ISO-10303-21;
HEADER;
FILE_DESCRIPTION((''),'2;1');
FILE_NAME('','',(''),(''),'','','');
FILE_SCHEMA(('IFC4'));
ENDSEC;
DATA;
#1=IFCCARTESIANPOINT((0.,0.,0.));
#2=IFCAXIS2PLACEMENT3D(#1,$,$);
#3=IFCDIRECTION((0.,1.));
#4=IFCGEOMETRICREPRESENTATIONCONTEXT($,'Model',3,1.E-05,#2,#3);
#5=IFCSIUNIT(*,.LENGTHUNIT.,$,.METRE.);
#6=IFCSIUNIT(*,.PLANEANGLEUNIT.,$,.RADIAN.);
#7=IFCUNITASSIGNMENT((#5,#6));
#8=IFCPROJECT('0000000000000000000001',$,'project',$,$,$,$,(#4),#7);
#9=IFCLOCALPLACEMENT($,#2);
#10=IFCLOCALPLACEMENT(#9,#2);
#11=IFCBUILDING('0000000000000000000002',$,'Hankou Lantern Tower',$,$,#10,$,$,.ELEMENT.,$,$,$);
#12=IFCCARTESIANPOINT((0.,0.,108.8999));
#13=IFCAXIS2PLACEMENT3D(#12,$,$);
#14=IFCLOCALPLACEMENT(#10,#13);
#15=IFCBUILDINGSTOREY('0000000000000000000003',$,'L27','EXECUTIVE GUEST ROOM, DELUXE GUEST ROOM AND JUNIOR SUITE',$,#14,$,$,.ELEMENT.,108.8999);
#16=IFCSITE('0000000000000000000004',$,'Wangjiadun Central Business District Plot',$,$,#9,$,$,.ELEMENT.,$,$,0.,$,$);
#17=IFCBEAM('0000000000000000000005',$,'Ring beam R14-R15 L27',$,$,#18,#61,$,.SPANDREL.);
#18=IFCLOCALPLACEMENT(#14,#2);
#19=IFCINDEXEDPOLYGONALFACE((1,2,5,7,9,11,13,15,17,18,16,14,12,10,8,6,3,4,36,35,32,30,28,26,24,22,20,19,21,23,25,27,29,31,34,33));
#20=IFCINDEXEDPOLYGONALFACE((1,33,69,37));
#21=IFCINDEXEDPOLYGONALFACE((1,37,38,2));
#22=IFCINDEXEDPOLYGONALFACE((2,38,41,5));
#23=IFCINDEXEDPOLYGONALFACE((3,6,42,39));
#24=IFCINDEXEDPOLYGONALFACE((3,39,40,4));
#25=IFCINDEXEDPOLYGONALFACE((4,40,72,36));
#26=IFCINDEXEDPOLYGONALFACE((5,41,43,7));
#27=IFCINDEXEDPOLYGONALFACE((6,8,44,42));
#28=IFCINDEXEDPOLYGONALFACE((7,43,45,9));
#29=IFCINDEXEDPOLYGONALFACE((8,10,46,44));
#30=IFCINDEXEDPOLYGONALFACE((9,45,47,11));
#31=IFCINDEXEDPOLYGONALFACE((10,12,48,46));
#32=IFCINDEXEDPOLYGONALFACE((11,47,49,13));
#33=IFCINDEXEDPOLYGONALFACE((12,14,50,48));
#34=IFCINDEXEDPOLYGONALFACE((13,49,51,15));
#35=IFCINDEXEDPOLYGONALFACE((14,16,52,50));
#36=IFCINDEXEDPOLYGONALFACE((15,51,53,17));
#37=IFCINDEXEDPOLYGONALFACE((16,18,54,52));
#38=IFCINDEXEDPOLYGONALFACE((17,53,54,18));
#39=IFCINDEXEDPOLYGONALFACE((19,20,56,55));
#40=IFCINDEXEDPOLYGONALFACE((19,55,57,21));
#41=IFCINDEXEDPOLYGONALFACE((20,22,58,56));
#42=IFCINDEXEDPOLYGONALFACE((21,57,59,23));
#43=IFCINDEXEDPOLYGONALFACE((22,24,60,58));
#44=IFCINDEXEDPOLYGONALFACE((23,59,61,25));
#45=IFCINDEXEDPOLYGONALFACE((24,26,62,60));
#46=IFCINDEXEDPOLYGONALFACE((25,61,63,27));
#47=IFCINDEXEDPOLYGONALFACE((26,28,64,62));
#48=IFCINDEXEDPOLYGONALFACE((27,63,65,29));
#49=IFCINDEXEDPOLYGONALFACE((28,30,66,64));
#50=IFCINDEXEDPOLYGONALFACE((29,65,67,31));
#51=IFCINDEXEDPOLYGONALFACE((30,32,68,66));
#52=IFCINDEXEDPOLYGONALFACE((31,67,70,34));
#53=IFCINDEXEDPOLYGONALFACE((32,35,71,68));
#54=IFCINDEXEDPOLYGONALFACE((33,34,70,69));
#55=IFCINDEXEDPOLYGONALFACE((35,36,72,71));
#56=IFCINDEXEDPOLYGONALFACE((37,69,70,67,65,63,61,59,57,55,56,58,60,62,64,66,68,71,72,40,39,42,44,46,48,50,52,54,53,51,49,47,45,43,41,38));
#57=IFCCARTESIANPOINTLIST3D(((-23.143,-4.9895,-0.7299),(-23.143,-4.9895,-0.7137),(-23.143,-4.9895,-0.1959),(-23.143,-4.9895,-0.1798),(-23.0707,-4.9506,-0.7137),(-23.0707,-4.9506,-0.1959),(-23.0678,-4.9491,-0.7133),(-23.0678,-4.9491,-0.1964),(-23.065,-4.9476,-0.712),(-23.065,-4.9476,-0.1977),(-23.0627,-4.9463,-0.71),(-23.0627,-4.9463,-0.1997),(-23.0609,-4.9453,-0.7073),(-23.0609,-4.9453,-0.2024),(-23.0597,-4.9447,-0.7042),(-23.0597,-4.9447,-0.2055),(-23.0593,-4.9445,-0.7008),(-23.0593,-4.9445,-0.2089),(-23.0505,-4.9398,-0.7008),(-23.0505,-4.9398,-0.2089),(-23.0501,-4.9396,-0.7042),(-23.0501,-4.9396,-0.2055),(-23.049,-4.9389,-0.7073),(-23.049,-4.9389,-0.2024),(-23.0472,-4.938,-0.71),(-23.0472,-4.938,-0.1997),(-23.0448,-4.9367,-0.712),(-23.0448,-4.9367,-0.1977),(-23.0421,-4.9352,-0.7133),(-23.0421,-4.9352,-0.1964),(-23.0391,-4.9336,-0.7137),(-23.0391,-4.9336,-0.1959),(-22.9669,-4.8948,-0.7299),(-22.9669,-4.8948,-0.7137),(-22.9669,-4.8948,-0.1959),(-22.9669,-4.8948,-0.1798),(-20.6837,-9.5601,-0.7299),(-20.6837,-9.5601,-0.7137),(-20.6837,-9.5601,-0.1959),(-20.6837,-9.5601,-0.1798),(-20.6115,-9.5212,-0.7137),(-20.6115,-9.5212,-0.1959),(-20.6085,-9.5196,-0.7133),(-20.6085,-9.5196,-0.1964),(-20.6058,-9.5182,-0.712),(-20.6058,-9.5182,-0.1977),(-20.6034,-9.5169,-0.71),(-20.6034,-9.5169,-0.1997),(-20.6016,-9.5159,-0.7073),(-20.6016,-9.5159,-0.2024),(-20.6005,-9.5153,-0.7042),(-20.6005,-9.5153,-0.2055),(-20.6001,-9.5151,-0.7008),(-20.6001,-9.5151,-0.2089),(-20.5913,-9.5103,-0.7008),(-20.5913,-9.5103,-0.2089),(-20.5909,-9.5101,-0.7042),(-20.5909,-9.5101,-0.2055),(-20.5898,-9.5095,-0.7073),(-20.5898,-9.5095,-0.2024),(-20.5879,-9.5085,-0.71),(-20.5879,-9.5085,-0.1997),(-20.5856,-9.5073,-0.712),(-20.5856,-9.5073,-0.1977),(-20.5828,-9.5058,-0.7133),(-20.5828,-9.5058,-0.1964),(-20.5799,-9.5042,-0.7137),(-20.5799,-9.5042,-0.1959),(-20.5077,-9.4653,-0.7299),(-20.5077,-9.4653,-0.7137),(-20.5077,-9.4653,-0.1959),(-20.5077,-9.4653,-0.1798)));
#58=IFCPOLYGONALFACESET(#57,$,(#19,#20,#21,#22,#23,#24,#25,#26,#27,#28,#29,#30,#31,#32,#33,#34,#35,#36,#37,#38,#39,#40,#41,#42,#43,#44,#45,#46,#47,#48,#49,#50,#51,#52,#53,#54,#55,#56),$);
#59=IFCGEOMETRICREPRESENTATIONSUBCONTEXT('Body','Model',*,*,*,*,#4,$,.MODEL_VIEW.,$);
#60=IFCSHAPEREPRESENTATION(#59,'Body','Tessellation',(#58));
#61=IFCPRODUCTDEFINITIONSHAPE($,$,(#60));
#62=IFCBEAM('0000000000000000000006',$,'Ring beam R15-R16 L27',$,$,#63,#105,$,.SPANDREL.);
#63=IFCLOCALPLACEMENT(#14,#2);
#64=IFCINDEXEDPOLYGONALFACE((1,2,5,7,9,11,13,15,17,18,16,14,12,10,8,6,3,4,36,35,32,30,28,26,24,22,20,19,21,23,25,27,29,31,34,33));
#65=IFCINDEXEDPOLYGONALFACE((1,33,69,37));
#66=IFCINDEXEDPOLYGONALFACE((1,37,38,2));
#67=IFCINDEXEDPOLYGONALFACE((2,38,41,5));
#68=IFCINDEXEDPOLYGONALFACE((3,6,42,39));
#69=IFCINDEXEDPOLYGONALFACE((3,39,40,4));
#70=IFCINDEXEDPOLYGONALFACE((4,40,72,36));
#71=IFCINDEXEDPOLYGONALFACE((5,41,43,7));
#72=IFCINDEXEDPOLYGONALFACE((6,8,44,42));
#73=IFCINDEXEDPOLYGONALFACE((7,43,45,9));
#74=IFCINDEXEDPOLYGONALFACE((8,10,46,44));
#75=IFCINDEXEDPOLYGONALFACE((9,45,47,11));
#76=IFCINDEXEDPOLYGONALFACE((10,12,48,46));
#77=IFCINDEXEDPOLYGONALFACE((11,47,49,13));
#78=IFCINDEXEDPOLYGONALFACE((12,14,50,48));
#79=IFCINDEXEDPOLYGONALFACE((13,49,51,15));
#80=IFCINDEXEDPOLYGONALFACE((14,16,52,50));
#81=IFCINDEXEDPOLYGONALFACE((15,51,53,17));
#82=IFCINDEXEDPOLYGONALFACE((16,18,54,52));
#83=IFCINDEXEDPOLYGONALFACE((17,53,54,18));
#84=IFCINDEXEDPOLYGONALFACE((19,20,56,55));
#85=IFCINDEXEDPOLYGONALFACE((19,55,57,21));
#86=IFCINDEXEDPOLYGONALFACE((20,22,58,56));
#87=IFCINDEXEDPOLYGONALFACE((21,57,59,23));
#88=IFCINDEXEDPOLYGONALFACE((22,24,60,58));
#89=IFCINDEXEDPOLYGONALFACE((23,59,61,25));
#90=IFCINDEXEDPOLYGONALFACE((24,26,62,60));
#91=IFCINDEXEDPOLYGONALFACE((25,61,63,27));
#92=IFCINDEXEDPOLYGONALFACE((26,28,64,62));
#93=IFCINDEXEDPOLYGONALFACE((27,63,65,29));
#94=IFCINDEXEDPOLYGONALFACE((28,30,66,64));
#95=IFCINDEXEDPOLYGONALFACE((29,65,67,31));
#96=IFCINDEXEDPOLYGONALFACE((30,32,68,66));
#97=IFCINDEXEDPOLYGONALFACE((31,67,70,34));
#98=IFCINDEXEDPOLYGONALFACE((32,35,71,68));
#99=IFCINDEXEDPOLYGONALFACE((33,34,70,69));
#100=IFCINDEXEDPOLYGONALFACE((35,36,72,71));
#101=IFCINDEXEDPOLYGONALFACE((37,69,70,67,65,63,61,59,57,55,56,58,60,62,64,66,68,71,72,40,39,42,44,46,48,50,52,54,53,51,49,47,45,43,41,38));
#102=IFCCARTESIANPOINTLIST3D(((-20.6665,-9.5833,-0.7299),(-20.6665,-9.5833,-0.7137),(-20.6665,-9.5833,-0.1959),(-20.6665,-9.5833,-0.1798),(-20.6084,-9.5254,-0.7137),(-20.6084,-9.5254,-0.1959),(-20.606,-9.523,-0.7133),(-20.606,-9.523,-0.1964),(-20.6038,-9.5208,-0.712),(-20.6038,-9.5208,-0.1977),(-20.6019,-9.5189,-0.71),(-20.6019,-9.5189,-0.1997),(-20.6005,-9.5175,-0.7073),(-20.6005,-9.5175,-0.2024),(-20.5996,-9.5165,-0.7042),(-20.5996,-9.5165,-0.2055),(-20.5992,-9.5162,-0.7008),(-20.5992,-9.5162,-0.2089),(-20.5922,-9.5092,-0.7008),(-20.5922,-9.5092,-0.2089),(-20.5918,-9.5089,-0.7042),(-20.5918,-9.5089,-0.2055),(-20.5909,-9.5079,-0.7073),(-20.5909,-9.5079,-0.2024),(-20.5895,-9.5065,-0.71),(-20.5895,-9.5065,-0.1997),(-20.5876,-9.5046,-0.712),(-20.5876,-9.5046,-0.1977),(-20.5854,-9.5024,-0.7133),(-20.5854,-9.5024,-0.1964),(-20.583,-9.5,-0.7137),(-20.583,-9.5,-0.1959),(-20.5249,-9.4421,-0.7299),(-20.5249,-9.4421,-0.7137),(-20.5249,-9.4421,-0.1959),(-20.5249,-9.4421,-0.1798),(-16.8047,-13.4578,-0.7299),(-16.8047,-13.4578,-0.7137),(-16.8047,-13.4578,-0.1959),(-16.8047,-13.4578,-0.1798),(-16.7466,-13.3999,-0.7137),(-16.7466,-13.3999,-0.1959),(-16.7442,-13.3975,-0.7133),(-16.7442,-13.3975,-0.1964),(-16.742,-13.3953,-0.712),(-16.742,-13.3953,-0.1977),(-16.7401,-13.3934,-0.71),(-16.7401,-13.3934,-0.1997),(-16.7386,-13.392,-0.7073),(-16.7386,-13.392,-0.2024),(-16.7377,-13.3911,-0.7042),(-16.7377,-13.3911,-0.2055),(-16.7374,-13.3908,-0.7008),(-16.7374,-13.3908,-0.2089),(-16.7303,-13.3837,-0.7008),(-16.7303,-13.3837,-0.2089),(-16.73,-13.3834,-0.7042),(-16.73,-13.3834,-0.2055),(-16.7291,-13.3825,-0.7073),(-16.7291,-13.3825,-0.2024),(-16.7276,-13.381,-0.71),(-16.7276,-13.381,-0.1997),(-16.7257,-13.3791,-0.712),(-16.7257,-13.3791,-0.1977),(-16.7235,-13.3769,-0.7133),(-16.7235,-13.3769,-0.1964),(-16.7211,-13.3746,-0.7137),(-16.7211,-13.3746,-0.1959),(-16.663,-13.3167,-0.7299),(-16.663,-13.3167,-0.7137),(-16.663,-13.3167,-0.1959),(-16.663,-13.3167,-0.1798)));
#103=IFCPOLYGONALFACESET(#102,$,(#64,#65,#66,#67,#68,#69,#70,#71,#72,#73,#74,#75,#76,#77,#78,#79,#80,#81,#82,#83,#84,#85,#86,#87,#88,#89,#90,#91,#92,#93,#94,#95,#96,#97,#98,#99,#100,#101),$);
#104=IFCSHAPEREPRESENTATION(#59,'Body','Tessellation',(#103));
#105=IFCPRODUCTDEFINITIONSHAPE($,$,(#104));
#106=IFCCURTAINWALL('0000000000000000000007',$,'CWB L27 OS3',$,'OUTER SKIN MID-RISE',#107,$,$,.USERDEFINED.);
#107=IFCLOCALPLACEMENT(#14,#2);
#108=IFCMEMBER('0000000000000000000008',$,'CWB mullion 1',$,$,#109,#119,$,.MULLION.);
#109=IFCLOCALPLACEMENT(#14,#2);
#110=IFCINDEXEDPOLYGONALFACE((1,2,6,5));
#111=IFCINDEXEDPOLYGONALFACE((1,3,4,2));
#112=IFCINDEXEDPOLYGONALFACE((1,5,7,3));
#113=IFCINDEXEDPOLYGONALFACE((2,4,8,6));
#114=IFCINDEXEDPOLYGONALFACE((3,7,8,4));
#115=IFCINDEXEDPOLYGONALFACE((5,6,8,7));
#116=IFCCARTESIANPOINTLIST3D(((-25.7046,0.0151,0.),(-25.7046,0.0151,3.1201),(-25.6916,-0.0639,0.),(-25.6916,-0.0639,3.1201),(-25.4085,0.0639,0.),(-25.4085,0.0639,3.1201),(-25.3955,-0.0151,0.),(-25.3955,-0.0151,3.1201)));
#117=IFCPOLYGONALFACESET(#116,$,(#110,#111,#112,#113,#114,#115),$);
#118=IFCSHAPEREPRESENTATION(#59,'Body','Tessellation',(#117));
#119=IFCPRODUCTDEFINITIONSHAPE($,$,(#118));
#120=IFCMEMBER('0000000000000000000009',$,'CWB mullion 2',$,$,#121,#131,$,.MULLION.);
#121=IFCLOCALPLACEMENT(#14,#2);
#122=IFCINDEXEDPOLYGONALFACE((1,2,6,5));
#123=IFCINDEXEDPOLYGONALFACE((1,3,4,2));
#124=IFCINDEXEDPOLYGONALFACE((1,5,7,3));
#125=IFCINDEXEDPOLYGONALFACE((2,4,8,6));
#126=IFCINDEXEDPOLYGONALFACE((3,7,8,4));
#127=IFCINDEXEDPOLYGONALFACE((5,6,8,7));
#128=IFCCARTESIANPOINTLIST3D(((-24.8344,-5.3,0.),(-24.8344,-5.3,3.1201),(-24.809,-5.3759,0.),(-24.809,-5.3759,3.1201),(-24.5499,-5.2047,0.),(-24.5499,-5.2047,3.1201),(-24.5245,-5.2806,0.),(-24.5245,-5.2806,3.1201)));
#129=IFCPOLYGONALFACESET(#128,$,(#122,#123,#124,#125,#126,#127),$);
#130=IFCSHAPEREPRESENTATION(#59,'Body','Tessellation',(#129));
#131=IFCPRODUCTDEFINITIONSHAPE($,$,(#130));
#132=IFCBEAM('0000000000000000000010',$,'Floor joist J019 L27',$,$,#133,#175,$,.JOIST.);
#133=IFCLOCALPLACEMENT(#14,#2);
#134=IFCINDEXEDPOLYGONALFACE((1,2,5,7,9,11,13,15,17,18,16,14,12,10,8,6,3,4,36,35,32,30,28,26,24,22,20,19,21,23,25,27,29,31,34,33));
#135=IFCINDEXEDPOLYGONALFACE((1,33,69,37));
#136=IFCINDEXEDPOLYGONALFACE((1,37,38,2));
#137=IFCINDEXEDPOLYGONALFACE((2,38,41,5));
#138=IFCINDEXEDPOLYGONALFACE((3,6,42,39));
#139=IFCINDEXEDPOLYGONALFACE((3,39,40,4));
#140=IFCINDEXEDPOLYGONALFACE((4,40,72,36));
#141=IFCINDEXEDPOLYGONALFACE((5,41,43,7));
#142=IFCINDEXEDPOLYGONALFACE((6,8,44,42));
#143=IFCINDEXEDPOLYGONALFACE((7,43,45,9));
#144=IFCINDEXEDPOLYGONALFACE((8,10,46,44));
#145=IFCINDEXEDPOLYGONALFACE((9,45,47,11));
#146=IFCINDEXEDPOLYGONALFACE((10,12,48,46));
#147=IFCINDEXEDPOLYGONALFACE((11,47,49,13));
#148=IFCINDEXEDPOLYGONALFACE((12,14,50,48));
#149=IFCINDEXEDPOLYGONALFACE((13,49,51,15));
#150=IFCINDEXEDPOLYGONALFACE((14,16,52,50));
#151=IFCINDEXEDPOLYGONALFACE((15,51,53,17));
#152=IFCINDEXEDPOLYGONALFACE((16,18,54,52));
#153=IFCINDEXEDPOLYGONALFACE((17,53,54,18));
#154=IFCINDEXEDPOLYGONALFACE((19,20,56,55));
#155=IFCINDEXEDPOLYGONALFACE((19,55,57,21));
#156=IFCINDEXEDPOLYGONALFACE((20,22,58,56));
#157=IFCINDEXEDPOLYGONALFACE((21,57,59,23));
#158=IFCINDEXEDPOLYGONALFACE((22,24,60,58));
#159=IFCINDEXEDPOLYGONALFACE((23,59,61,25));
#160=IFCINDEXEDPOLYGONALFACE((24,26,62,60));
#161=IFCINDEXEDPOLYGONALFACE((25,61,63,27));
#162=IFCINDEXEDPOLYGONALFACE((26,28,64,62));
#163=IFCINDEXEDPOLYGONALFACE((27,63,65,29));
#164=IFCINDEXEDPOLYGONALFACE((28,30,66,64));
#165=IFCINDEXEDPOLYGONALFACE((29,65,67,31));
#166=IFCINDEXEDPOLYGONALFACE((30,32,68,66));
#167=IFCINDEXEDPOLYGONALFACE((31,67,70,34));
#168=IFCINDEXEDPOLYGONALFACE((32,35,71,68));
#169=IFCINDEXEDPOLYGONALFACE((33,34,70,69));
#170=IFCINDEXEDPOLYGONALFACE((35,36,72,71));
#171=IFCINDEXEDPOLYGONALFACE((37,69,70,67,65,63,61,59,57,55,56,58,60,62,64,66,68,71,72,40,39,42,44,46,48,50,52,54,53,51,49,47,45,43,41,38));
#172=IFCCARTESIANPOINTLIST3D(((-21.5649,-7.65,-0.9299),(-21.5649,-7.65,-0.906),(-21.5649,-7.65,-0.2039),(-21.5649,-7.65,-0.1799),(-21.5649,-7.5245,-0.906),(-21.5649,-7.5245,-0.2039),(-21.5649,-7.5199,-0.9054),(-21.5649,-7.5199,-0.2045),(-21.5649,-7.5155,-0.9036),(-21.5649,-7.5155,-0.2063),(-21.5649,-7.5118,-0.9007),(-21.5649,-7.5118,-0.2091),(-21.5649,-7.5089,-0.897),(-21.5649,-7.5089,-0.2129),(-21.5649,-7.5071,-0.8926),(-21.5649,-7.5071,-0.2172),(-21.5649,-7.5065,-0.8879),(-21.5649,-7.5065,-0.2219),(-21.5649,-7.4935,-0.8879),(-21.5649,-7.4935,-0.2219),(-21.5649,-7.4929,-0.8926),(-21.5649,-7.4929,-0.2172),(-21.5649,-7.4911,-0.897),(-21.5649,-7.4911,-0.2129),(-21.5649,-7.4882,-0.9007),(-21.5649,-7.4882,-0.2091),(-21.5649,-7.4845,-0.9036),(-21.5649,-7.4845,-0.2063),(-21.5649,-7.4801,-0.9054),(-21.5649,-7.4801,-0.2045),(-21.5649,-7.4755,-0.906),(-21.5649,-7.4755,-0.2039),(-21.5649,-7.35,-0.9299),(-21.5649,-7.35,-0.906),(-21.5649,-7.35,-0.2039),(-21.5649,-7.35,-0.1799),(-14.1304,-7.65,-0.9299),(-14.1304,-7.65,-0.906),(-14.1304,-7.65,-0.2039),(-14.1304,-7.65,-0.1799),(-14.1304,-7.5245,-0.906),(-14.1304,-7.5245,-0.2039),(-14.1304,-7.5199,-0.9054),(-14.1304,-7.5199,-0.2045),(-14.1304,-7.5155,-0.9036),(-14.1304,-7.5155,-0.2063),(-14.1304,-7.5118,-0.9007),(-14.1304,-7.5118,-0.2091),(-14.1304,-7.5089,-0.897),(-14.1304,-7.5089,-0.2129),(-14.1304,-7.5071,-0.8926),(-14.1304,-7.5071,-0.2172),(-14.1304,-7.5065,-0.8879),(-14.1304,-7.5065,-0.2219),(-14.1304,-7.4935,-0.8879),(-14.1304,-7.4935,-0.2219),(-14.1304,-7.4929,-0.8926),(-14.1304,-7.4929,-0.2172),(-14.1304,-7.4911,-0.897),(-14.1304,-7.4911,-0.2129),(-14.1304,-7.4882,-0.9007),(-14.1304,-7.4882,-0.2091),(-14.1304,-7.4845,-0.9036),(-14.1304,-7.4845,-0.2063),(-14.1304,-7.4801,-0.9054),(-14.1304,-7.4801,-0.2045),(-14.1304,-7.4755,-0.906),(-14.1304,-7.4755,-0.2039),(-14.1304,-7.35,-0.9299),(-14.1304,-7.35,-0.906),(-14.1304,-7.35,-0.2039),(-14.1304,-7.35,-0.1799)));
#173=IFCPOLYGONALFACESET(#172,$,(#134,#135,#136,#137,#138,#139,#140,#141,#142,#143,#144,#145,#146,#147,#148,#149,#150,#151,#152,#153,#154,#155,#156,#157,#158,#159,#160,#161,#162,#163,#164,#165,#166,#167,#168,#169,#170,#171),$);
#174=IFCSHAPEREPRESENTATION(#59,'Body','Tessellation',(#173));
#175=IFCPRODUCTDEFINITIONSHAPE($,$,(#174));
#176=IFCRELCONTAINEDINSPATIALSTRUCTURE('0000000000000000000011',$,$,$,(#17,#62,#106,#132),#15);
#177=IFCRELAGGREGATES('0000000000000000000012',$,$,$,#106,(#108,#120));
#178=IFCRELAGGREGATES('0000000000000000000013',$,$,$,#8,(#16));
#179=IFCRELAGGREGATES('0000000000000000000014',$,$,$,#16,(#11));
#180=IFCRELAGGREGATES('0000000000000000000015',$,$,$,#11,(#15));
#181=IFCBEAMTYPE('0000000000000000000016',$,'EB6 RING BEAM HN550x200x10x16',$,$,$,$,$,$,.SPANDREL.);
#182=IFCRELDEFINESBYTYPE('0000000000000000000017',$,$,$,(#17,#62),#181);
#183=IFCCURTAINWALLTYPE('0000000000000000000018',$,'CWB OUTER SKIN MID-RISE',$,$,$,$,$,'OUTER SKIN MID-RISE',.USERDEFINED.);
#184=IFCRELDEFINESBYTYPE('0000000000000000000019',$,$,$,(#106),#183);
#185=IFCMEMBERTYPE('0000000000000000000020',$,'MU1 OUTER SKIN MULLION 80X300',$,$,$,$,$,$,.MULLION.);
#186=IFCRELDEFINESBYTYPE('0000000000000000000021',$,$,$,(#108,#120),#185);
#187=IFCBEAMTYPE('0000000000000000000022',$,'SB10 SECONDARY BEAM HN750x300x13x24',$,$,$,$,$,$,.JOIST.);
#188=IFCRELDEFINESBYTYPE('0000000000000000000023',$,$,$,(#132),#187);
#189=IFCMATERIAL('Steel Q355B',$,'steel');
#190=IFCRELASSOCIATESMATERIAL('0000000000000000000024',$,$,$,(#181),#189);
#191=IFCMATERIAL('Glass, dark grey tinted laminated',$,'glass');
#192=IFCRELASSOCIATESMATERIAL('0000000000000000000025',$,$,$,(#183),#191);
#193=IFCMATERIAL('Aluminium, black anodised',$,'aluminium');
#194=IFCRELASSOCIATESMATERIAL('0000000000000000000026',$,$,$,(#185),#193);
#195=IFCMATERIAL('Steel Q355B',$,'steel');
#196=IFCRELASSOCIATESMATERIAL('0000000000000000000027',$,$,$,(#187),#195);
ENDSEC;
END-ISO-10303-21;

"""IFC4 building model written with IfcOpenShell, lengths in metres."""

from ifc_helpers import new_model, si_unit, direction, frame, origin, origin_2d, place, context, subcontext, project, spatial, rectangle, i_section, extrude, material, material_profile, profile_set, type_object, element, aggregate, save


model = new_model("IFC4")

# Units and contexts
model_context = context("Model", 3, precision=1e-05, world=origin(), true_north=direction((0.0, 1.0)))
body_context = subcontext(model_context, "Body", "Model", "MODEL_VIEW")
ifc_project = project(units=[si_unit("LENGTHUNIT", "METRE"), si_unit("PLANEANGLEUNIT", "RADIAN")], contexts=[model_context])

# Site, building, storey
site_placement = place(None, origin())
site = spatial("IfcSite", under=ifc_project, at=site_placement, Name="Wangjiadun Central Business District Plot", CompositionType="ELEMENT", RefElevation=0.0)
building_placement = place(site_placement, origin())
building = spatial("IfcBuilding", under=site, at=building_placement, Name="Hankou Lantern Tower", CompositionType="ELEMENT")
storey_placement = place(building_placement, frame((0.0, 0.0, 108.8999)))
storey = spatial("IfcBuildingStorey", under=building, at=storey_placement, Name="L27", Description="EXECUTIVE GUEST ROOM, DELUXE GUEST ROOM AND JUNIOR SUITE", CompositionType="ELEMENT", Elevation=108.8999)

# Beams
ifc_material_1 = material(Name="Steel Q355B", Category="steel")
ifc_material_profile_1 = material_profile(ifc_material_1, i_section(OverallWidth=0.2, OverallDepth=0.55, WebThickness=0.01, FlangeThickness=0.0161, FilletRadius=0.0129, at=origin_2d()), Name="HN550x200x10x16")
ifc_profile_set_1 = profile_set([ifc_material_profile_1], Name="Steel Q355B")
beam_type_1 = type_object("IfcBeamType", Name="EB6 RING BEAM HN550x200x10x16", PredefinedType="SPANDREL", material=ifc_profile_set_1)
beam_1_placement = place(storey_placement, frame((-23.0549, -4.9421, -0.4548), z_axis=(0.473825, -0.880619, 0.0), x_axis=(0.880619, 0.473825, 0.0)))
element("IfcBeam", 1, at=beam_1_placement, inside=storey, type_object=beam_type_1, Name="Ring beam R14-R15 L27", PredefinedType="SPANDREL", context=body_context, shape_type="SweptSolid", body=[
    extrude(i_section(OverallWidth=0.2, OverallDepth=0.55, WebThickness=0.01, FlangeThickness=0.0161, FilletRadius=0.0129, at=origin_2d()), origin(), (0.0, 0.0, 1.0), 5.1902),
])
beam_2_placement = place(storey_placement, frame((-20.5957, -9.5127, -0.4548), z_axis=(0.705945, -0.708266, 0.0), x_axis=(0.708266, 0.705945, 0.0)))
element("IfcBeam", 2, at=beam_2_placement, inside=storey, type_object=beam_type_1, Name="Ring beam R15-R16 L27", PredefinedType="SPANDREL", context=body_context, shape_type="SweptSolid", body=[
    extrude(i_section(OverallWidth=0.2, OverallDepth=0.55, WebThickness=0.01, FlangeThickness=0.0161, FilletRadius=0.0129, at=origin_2d()), origin(), (0.0, 0.0, 1.0), 5.4705),
])

# Curtain wall, members
ifc_material_2 = material(Name="Glass, dark grey tinted laminated", Category="glass")
curtain_wall_type = type_object("IfcCurtainWallType", Name="CWB OUTER SKIN MID-RISE", ElementType="OUTER SKIN MID-RISE", PredefinedType="USERDEFINED", material=ifc_material_2)
curtain_wall_placement = place(storey_placement, origin())
curtain_wall = element("IfcCurtainWall", 3, at=curtain_wall_placement, inside=storey, type_object=curtain_wall_type, Name="CWB L27 OS3", ObjectType="OUTER SKIN MID-RISE", PredefinedType="USERDEFINED")
ifc_material_3 = material(Name="Aluminium, black anodised", Category="aluminium")
ifc_material_profile_2 = material_profile(ifc_material_3, rectangle(XDim=0.0801, YDim=0.3, at=origin_2d()), Name="MU1 80X300")
ifc_profile_set_2 = profile_set([ifc_material_profile_2], Name="Aluminium, black anodised")
member_type_1 = type_object("IfcMemberType", Name="MU1 OUTER SKIN MULLION 80X300", PredefinedType="MULLION", material=ifc_profile_set_2)
member_1_placement = place(storey_placement, frame((-25.55, 0.0, 0.0), z_axis=(0.0, 0.0, 1.0), x_axis=(0.162382, -0.986728, 0.0)))
member_1 = element("IfcMember", 4, at=member_1_placement, type_object=member_type_1, Name="CWB mullion 1", PredefinedType="MULLION", context=body_context, shape_type="SweptSolid", body=[
    extrude(rectangle(XDim=0.0801, YDim=0.3, at=origin_2d()), origin(), (0.0, 0.0, 1.0), 3.1201),
])
member_2_placement = place(storey_placement, frame((-24.6794, -5.2903, 0.0), z_axis=(0.0, 0.0, 1.0), x_axis=(0.317596, -0.948226, 0.0)))
member_2 = element("IfcMember", 5, at=member_2_placement, type_object=member_type_1, Name="CWB mullion 2", PredefinedType="MULLION", context=body_context, shape_type="SweptSolid", body=[
    extrude(rectangle(XDim=0.0801, YDim=0.3, at=origin_2d()), origin(), (0.0, 0.0, 1.0), 3.1201),
])

# Beam
ifc_material_4 = material(Name="Steel Q355B", Category="steel")
ifc_material_profile_3 = material_profile(ifc_material_4, i_section(OverallWidth=0.3, OverallDepth=0.75, WebThickness=0.0129, FlangeThickness=0.0239, FilletRadius=0.0181, at=origin_2d()), Name="HN750x300x13x24")
ifc_profile_set_3 = profile_set([ifc_material_profile_3], Name="Steel Q355B")
beam_type_2 = type_object("IfcBeamType", Name="SB10 SECONDARY BEAM HN750x300x13x24", PredefinedType="JOIST", material=ifc_profile_set_3)
beam_3_placement = place(storey_placement, frame((-21.5649, -7.5, -0.5549), z_axis=(1.0, 0.0, 0.0), x_axis=(0.0, 1.0, 0.0)))
element("IfcBeam", 6, at=beam_3_placement, inside=storey, type_object=beam_type_2, Name="Floor joist J019 L27", PredefinedType="JOIST", context=body_context, shape_type="SweptSolid", body=[
    extrude(i_section(OverallWidth=0.3, OverallDepth=0.75, WebThickness=0.0129, FlangeThickness=0.0239, FilletRadius=0.0181, at=origin_2d()), origin(), (0.0, 0.0, 1.0), 7.4346),
])

aggregate(curtain_wall, [member_1, member_2])

save(model, "model.ifc")
